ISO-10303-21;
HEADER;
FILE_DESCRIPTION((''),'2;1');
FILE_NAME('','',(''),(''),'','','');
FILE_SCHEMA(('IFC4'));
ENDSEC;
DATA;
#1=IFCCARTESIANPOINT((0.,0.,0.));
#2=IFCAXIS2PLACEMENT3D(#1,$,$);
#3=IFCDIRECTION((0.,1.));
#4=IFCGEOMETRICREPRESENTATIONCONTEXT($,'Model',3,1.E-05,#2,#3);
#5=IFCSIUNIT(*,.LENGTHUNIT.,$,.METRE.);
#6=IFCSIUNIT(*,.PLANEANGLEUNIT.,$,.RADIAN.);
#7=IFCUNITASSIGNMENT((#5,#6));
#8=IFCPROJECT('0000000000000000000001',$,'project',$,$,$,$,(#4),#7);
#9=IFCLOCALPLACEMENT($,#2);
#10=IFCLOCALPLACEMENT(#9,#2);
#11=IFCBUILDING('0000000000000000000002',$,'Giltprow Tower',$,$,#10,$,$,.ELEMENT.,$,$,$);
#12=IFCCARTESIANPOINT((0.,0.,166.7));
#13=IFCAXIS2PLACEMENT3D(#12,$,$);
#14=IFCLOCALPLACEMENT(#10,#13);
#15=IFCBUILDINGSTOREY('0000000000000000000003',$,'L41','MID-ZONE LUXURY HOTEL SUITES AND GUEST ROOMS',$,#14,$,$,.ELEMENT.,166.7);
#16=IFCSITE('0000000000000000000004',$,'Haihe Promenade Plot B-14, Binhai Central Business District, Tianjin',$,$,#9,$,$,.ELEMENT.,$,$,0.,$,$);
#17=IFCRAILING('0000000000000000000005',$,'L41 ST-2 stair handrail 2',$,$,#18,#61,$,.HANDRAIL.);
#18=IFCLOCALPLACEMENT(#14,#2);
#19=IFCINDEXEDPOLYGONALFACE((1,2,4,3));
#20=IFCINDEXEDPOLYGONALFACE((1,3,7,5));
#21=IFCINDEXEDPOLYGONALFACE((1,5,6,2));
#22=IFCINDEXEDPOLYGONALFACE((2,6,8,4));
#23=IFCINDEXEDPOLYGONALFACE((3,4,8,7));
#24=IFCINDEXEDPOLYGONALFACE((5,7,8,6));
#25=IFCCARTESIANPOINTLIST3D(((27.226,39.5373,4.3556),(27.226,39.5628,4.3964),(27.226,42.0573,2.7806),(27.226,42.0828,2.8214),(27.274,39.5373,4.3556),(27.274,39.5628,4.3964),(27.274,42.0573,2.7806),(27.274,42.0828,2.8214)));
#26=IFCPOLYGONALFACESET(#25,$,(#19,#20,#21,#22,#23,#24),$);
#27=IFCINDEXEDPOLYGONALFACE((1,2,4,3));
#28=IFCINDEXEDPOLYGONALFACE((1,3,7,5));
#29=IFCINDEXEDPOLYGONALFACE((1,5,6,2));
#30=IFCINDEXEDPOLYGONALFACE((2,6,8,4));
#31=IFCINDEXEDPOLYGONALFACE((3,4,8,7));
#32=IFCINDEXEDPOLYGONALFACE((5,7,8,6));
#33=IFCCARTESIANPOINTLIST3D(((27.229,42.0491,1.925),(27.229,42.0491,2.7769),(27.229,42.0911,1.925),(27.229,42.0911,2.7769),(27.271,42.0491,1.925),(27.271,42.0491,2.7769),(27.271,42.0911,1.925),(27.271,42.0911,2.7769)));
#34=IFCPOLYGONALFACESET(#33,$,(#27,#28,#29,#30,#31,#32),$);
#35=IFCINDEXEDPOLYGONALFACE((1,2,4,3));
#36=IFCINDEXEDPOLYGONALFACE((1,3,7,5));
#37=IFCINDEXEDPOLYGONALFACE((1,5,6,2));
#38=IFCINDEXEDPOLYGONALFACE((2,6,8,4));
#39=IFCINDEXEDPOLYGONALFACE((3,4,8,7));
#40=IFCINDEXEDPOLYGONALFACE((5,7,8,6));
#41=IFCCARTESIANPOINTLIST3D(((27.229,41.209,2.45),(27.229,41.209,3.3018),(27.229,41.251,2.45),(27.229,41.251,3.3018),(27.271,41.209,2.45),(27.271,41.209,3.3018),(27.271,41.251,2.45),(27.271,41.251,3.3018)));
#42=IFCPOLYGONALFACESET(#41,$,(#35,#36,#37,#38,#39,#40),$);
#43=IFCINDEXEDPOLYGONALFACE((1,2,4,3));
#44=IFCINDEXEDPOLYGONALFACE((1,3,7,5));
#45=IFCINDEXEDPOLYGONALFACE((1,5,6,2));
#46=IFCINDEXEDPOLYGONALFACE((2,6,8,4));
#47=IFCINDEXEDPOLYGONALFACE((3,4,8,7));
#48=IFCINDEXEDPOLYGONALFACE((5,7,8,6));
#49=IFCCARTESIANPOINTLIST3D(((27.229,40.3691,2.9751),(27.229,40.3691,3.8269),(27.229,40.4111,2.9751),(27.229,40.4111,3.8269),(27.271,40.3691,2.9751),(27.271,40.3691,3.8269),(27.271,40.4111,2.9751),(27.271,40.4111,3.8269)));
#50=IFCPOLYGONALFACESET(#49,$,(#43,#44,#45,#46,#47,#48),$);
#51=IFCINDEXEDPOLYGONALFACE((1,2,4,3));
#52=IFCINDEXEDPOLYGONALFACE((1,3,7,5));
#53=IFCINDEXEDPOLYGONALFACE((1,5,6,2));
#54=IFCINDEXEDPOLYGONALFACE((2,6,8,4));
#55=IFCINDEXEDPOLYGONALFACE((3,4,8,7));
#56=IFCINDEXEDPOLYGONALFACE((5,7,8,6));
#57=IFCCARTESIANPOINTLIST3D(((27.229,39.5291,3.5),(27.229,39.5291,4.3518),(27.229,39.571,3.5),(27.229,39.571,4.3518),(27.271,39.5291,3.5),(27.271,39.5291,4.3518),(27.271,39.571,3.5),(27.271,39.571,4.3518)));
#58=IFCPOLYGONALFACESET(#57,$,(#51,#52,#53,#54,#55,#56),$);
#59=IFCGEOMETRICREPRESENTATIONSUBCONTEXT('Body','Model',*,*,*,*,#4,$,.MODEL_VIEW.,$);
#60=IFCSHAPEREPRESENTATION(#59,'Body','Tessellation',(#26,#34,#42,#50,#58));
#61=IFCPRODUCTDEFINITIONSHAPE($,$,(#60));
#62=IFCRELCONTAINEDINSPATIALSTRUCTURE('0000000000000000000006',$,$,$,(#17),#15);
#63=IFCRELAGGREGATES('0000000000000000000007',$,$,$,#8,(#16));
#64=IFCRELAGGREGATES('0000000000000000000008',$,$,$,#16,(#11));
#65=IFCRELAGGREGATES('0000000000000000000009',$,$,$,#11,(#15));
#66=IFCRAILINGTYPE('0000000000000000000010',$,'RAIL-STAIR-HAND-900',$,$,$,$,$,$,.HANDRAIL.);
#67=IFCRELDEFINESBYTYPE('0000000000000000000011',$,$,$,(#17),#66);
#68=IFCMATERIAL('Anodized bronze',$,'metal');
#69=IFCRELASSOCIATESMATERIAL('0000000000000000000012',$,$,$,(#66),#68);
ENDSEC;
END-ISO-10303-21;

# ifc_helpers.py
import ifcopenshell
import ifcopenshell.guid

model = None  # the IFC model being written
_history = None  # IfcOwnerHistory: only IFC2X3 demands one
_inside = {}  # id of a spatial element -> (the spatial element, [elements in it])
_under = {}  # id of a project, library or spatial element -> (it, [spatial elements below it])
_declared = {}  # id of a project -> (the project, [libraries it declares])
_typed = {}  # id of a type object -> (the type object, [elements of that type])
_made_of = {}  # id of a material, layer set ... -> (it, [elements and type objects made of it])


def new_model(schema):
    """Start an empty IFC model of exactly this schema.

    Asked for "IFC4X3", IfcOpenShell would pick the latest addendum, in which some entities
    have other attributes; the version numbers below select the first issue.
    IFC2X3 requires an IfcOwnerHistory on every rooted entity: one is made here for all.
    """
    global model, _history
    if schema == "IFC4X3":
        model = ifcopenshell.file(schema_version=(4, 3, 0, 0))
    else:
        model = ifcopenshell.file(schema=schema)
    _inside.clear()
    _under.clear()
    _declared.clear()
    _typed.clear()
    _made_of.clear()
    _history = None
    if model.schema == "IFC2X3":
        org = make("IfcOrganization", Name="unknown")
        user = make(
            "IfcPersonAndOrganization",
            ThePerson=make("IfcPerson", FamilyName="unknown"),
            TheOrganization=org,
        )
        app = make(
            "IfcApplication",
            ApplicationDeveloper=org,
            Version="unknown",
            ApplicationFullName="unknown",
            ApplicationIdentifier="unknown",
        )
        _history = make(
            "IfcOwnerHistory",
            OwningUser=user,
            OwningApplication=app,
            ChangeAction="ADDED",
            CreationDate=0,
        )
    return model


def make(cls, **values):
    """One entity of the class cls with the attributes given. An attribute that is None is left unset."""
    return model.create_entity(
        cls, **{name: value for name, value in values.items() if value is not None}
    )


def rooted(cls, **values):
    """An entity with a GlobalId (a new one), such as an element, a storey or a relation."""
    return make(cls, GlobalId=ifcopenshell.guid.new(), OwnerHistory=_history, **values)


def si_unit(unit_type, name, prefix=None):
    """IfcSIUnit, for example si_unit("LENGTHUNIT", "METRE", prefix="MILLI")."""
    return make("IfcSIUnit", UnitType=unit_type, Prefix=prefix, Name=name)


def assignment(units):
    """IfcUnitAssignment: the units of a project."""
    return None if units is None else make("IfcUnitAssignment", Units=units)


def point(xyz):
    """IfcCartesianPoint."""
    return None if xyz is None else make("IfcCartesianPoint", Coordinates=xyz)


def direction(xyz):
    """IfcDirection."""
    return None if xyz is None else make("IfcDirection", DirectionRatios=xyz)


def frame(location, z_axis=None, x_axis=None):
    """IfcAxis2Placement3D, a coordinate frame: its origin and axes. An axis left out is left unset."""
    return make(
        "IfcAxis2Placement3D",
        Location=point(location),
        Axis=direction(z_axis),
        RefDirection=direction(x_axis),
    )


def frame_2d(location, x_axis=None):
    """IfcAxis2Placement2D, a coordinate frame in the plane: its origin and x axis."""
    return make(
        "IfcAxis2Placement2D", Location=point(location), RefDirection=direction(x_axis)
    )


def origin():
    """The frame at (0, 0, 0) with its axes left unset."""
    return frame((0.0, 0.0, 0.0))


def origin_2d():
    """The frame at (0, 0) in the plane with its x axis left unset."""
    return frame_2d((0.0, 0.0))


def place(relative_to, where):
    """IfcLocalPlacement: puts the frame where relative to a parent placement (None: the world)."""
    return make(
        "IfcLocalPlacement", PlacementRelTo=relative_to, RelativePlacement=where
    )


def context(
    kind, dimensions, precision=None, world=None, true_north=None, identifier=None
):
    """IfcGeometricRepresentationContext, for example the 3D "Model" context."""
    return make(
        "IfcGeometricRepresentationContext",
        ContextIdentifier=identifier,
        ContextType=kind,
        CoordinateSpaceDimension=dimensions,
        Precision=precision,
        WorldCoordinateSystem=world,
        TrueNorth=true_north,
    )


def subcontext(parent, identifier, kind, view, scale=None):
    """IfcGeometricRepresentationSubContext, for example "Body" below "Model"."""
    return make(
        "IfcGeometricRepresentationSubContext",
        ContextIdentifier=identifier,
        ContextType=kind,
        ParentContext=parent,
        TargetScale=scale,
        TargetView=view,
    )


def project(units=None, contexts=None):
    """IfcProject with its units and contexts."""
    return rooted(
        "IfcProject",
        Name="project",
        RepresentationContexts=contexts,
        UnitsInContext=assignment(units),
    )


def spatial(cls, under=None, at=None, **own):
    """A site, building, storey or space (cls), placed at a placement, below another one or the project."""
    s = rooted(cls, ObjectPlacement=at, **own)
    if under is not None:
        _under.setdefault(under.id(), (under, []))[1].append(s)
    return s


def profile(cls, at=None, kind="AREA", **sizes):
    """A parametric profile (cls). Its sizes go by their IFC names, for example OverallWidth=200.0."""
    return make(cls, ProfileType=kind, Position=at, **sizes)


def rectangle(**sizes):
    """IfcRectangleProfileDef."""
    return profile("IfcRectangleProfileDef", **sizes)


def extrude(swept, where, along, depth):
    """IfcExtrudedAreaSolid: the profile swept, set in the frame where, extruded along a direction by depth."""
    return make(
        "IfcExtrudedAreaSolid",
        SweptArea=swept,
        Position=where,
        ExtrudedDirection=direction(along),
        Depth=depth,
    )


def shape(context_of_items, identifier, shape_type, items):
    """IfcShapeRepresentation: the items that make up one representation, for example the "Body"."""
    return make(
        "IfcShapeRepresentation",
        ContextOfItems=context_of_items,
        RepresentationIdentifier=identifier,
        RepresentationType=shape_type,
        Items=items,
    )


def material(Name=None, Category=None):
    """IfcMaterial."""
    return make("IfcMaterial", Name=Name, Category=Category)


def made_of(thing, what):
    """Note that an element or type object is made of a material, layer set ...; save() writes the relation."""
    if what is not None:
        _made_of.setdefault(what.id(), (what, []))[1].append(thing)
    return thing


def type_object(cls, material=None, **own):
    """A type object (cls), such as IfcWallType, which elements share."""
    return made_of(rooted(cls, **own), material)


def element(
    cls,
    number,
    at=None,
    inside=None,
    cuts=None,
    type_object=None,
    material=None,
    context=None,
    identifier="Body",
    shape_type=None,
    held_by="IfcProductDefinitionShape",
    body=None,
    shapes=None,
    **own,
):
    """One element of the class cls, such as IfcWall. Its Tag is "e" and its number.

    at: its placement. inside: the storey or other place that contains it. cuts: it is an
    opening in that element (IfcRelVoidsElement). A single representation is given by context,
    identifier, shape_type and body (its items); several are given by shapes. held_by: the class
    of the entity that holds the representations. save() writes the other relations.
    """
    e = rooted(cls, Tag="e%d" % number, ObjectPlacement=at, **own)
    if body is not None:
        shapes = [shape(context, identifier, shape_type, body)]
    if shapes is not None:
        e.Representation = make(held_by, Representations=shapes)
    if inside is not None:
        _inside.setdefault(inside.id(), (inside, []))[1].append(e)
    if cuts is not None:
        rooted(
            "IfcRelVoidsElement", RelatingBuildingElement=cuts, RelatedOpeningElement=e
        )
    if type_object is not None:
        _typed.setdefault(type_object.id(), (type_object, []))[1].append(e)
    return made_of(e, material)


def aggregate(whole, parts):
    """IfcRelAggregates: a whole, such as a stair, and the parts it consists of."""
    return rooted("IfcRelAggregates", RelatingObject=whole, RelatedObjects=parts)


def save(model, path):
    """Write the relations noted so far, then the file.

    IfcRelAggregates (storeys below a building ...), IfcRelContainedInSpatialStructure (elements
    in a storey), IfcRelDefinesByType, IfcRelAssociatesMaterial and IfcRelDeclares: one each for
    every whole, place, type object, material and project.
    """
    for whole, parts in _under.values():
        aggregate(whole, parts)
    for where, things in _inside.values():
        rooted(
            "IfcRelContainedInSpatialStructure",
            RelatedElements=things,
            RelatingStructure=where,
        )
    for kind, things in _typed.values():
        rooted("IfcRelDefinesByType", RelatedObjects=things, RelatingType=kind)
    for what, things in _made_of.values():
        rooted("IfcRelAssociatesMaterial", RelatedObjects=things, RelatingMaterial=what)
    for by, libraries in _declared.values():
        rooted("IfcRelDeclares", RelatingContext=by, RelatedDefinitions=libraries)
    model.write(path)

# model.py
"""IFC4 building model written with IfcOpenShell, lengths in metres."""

from ifc_helpers import new_model, si_unit, direction, frame, origin, origin_2d, place, context, subcontext, project, spatial, rectangle, extrude, material, type_object, element, save


model = new_model("IFC4")

# Units and contexts
model_context = context("Model", 3, precision=1e-05, world=origin(), true_north=direction((0.0, 1.0)))
body_context = subcontext(model_context, "Body", "Model", "MODEL_VIEW")
ifc_project = project(units=[si_unit("LENGTHUNIT", "METRE"), si_unit("PLANEANGLEUNIT", "RADIAN")], contexts=[model_context])

# Site, building, storey
site_placement = place(None, origin())
site = spatial("IfcSite", under=ifc_project, at=site_placement, Name="Haihe Promenade Plot B-14, Binhai Central Business District, Tianjin", CompositionType="ELEMENT", RefElevation=0.0)
building_placement = place(site_placement, origin())
building = spatial("IfcBuilding", under=site, at=building_placement, Name="Giltprow Tower", CompositionType="ELEMENT")
storey_placement = place(building_placement, frame((0.0, 0.0, 166.7)))
storey = spatial("IfcBuildingStorey", under=building, at=storey_placement, Name="L41", Description="MID-ZONE LUXURY HOTEL SUITES AND GUEST ROOMS", CompositionType="ELEMENT", Elevation=166.7)

# Railing
ifc_material_1 = material(Name="Anodized bronze", Category="metal")
railing_type_1 = type_object("IfcRailingType", Name="RAIL-STAIR-HAND-900", PredefinedType="HANDRAIL", material=ifc_material_1)
railing_1_placement = place(storey_placement, frame((27.25, 42.0701, 1.925)))
element("IfcRailing", 1, at=railing_1_placement, inside=storey, type_object=railing_type_1, Name="L41 ST-2 stair handrail 2", PredefinedType="HANDRAIL", context=body_context, shape_type="SweptSolid", body=[
    extrude(rectangle(XDim=0.0481, YDim=0.0481, at=origin_2d()), frame((0.0, 0.0, 0.876), z_axis=(0.0, -0.848008, 0.529984), x_axis=(1.0, 0.0, 0.0)), (0.0, 0.0, 1.0), 2.9717),
    extrude(rectangle(XDim=0.042, YDim=0.042, at=origin_2d()), origin(), (0.0, 0.0, 1.0), 0.8518),
    extrude(rectangle(XDim=0.042, YDim=0.042, at=origin_2d()), frame((0.0, -0.8401, 0.5249)), (0.0, 0.0, 1.0), 0.8518),
    extrude(rectangle(XDim=0.042, YDim=0.042, at=origin_2d()), frame((0.0, -1.6799, 1.05)), (0.0, 0.0, 1.0), 0.8518),
    extrude(rectangle(XDim=0.042, YDim=0.042, at=origin_2d()), frame((0.0, -2.52, 1.575)), (0.0, 0.0, 1.0), 0.8518),
])

save(model, "model.ifc")
